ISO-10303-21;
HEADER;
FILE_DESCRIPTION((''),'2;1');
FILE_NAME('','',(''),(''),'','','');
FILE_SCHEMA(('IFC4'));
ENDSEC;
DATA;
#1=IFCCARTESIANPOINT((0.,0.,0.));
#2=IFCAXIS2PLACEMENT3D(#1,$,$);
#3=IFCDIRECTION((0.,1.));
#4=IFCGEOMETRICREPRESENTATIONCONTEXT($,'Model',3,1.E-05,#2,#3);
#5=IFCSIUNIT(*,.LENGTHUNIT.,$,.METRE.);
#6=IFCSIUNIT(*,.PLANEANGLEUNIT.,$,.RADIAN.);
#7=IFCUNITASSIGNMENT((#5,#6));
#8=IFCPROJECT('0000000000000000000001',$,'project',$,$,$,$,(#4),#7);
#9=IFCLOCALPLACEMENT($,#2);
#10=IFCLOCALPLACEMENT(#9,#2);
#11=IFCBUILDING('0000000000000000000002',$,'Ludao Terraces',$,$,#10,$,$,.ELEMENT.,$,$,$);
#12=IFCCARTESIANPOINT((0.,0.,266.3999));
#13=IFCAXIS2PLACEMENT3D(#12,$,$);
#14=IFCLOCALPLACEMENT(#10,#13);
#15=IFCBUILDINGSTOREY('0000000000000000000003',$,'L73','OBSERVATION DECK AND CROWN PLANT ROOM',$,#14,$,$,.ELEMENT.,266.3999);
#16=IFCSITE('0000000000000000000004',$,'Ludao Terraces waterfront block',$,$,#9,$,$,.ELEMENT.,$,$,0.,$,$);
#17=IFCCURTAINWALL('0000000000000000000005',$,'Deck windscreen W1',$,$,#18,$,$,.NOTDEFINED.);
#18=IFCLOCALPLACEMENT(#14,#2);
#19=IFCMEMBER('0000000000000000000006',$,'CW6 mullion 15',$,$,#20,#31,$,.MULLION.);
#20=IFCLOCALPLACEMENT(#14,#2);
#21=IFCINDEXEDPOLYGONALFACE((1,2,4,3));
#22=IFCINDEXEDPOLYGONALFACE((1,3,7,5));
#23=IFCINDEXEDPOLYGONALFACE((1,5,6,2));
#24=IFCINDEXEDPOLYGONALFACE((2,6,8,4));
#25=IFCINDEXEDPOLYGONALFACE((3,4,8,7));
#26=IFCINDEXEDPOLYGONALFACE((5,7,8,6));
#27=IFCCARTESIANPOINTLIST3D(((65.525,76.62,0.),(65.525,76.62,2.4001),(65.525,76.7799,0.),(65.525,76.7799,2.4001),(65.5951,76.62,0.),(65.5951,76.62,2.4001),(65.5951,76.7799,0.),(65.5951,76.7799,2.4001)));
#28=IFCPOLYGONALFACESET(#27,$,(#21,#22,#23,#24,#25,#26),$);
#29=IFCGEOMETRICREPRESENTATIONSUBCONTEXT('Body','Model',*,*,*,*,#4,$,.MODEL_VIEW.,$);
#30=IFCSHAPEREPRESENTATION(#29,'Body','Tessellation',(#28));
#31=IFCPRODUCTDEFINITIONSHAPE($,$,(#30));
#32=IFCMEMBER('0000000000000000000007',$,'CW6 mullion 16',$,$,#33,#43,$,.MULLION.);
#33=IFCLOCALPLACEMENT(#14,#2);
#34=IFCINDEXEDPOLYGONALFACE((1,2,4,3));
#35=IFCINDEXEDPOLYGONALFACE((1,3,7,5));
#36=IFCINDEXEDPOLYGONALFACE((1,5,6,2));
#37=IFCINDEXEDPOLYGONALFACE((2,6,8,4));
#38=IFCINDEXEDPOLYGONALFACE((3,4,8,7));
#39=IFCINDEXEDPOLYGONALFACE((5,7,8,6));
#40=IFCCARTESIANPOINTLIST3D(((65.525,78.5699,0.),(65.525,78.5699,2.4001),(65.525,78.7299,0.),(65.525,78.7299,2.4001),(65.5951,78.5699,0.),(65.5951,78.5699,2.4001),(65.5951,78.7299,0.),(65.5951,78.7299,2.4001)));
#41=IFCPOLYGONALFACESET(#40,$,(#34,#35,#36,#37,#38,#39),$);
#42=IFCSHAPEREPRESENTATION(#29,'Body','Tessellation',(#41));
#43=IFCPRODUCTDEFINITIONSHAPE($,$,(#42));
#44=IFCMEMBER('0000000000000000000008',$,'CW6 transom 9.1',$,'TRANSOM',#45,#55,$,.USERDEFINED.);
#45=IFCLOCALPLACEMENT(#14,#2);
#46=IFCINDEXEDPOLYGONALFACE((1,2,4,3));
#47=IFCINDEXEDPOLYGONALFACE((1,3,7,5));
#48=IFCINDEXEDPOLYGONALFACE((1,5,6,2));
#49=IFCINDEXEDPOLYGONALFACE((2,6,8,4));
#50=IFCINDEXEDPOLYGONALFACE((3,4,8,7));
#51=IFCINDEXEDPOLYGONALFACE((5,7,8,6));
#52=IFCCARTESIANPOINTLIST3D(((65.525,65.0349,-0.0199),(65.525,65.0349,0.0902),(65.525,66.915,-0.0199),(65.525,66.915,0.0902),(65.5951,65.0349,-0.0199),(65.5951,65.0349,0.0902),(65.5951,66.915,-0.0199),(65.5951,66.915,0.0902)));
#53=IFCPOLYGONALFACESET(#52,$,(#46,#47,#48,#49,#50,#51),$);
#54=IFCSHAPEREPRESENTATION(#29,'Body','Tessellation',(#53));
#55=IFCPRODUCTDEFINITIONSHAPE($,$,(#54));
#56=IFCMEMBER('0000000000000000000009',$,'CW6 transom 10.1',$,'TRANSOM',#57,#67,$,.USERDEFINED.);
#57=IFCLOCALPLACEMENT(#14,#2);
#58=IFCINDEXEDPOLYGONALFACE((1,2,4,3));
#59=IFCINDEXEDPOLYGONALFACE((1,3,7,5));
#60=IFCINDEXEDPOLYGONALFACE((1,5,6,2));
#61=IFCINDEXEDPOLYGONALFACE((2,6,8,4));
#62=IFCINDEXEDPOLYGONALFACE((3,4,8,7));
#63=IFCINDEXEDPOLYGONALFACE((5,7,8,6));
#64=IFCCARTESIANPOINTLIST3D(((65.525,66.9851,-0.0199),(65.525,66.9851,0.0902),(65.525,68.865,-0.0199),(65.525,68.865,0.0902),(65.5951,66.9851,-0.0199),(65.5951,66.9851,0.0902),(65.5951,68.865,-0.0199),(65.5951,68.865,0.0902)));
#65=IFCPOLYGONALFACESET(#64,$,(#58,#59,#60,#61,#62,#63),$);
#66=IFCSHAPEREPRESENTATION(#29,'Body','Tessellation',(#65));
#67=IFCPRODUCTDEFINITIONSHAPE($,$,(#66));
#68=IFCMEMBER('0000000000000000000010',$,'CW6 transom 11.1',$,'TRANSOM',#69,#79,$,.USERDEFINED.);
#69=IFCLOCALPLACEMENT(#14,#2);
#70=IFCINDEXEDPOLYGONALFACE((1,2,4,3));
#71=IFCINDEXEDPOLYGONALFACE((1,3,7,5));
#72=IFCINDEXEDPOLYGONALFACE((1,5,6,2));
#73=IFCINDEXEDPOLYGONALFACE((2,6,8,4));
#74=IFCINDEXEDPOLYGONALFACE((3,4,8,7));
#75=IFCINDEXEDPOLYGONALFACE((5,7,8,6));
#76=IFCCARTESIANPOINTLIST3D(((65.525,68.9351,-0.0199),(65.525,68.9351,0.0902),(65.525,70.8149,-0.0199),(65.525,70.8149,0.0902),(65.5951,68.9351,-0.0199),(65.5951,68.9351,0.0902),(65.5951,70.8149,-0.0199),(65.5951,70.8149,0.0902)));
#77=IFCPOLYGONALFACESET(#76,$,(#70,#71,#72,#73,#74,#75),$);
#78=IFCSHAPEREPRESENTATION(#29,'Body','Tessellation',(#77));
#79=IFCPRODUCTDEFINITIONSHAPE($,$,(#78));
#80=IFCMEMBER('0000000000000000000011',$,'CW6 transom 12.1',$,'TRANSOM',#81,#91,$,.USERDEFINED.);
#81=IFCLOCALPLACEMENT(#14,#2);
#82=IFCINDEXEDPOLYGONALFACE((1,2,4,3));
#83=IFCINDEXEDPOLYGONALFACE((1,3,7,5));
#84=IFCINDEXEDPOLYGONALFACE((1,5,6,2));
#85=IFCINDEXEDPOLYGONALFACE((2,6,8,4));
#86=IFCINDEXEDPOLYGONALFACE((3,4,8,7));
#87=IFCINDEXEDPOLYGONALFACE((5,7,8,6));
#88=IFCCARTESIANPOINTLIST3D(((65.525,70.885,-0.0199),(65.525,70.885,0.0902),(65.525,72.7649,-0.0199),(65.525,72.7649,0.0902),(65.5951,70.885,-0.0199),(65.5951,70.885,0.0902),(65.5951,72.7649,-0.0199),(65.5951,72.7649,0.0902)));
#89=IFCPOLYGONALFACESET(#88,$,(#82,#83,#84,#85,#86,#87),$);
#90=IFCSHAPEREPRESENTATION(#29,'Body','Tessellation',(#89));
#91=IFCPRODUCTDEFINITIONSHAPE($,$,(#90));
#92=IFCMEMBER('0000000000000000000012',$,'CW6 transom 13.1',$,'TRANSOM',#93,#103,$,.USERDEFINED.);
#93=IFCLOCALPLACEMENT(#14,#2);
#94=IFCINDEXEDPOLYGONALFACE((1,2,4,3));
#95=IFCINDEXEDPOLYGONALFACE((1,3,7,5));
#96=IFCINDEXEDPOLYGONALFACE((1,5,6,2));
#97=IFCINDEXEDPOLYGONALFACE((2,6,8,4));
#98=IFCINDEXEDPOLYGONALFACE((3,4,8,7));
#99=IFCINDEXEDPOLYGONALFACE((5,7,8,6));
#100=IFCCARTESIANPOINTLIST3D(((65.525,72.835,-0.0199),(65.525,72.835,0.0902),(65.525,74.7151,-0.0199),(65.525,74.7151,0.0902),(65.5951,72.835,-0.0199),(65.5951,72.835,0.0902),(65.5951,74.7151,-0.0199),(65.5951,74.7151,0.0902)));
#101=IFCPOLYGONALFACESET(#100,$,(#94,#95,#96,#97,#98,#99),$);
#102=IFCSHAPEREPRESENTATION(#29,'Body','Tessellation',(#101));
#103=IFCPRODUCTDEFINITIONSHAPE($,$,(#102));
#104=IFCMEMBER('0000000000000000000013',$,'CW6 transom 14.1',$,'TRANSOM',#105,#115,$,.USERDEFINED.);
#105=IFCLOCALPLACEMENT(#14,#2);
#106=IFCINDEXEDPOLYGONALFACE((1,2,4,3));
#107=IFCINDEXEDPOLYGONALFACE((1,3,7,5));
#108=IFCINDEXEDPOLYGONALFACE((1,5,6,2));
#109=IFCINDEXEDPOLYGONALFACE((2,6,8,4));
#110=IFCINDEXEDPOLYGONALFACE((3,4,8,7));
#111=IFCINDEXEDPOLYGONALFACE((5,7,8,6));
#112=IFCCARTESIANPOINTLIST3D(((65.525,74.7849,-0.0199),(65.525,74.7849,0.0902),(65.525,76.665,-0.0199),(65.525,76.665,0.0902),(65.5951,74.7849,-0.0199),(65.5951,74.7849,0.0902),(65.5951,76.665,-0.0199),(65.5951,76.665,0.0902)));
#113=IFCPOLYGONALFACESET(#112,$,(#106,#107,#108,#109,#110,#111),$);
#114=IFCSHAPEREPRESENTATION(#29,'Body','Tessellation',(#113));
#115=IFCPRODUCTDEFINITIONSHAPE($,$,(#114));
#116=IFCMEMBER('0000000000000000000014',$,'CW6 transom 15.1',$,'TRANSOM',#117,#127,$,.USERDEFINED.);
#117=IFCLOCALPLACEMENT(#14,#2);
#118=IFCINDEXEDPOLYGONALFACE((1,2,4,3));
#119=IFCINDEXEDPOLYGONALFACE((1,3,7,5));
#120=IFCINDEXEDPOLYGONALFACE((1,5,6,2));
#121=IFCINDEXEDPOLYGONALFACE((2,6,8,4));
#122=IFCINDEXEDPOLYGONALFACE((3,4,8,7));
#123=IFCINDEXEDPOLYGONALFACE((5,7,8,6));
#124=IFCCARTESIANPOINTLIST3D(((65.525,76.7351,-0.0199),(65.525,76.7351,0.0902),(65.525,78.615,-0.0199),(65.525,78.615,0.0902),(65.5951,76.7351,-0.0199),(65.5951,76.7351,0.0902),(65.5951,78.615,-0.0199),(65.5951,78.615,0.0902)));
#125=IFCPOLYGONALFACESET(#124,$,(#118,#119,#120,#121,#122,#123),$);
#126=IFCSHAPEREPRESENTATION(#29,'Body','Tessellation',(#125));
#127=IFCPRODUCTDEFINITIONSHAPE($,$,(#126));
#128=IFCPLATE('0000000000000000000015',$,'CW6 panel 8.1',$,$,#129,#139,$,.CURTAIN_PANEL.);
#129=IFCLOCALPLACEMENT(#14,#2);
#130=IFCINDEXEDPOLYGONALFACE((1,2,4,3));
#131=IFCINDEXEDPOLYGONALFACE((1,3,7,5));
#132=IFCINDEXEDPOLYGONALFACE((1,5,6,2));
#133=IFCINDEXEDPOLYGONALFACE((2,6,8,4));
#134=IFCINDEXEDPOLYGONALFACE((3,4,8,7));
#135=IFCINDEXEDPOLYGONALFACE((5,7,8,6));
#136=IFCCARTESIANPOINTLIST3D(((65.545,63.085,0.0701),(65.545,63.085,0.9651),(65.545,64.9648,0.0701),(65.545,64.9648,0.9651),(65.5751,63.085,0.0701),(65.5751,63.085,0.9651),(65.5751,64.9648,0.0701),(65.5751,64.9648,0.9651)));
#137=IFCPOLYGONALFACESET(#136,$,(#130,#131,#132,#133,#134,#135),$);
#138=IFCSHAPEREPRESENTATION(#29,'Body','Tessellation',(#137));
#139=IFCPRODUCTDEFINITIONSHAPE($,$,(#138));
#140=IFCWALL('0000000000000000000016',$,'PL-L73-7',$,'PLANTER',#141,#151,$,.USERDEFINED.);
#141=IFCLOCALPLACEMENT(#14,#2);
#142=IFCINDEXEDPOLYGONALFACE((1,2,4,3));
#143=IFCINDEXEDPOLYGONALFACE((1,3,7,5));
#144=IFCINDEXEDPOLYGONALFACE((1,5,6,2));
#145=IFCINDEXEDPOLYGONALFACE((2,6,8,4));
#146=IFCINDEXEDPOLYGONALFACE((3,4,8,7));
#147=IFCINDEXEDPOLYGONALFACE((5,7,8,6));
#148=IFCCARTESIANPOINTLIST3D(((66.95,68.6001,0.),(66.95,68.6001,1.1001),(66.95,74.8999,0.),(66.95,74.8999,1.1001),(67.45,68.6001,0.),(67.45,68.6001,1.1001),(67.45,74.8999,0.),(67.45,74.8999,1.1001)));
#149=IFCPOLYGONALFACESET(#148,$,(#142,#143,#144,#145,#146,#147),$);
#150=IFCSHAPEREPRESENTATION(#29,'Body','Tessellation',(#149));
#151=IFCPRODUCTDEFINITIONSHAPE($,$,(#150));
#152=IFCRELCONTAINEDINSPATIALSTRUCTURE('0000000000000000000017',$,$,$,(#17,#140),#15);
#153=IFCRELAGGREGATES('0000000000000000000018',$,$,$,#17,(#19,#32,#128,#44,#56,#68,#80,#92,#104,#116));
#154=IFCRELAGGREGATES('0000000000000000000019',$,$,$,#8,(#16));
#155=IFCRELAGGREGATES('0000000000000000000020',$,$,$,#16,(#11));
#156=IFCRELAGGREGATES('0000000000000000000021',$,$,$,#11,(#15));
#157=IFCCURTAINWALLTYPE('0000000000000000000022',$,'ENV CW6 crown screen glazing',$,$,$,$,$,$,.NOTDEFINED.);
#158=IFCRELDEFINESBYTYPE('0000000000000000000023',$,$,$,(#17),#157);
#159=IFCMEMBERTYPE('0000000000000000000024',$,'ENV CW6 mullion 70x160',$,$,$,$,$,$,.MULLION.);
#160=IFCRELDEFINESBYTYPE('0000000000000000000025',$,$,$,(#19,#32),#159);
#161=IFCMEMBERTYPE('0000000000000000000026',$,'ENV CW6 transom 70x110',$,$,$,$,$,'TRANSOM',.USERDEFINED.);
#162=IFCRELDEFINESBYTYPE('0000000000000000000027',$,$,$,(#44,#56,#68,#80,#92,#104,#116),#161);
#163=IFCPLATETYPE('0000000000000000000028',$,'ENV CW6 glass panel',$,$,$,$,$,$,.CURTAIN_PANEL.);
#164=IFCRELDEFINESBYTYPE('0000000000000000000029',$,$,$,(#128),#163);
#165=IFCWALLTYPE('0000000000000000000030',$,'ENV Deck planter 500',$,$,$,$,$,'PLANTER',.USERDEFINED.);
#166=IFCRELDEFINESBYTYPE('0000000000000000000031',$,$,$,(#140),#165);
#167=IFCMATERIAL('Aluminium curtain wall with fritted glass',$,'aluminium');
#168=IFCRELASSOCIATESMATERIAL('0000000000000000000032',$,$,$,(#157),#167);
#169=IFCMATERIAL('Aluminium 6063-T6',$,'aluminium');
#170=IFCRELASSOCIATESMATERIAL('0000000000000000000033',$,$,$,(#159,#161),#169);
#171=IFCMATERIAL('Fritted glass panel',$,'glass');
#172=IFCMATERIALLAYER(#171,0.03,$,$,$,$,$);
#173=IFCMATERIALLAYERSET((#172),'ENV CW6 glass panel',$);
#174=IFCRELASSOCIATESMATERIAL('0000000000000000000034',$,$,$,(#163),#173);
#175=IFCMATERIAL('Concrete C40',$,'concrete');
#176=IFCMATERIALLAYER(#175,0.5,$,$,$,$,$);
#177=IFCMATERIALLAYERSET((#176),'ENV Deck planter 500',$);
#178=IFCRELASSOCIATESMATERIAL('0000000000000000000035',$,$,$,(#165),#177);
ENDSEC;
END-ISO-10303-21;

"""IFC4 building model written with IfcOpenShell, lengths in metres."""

from ifc_helpers import new_model, si_unit, direction, frame, frame_2d, origin, origin_2d, place, context, subcontext, project, spatial, rectangle, extrude, material, layer, layer_set, material_profile, profile_set, type_object, element, aggregate, save


model = new_model("IFC4")

# Units and contexts
model_context = context("Model", 3, precision=1e-05, world=origin(), true_north=direction((0.0, 1.0)))
body_context = subcontext(model_context, "Body", "Model", "MODEL_VIEW")
ifc_project = project(units=[si_unit("LENGTHUNIT", "METRE"), si_unit("PLANEANGLEUNIT", "RADIAN")], contexts=[model_context])

# Site, building, storey
site_placement = place(None, origin())
site = spatial("IfcSite", under=ifc_project, at=site_placement, Name="Ludao Terraces waterfront block", CompositionType="ELEMENT", RefElevation=0.0)
building_placement = place(site_placement, origin())
building = spatial("IfcBuilding", under=site, at=building_placement, Name="Ludao Terraces", CompositionType="ELEMENT")
storey_placement = place(building_placement, frame((0.0, 0.0, 266.3999)))
storey = spatial("IfcBuildingStorey", under=building, at=storey_placement, Name="L73", Description="OBSERVATION DECK AND CROWN PLANT ROOM", CompositionType="ELEMENT", Elevation=266.3999)

# Curtain wall, members, plate
ifc_material_1 = material(Name="Aluminium curtain wall with fritted glass", Category="aluminium")
curtain_wall_type = type_object("IfcCurtainWallType", Name="ENV CW6 crown screen glazing", PredefinedType="NOTDEFINED", material=ifc_material_1)
curtain_wall_placement = place(storey_placement, origin())
curtain_wall = element("IfcCurtainWall", 1, at=curtain_wall_placement, inside=storey, type_object=curtain_wall_type, Name="Deck windscreen W1", PredefinedType="NOTDEFINED")
ifc_material_2 = material(Name="Aluminium 6063-T6", Category="aluminium")
ifc_material_profile_1 = material_profile(ifc_material_2, rectangle(XDim=0.0701, YDim=0.1599, at=origin_2d()), Name="70 X 160")
ifc_profile_set_1 = profile_set([ifc_material_profile_1], Name="Aluminium 6063-T6")
member_type_1 = type_object("IfcMemberType", Name="ENV CW6 mullion 70x160", PredefinedType="MULLION", material=ifc_profile_set_1)
member_1_placement = place(storey_placement, frame((65.5601, 76.7, 0.0), z_axis=(0.0, 0.0, 1.0), x_axis=(-1.0, 0.0, 0.0)))
member_1 = element("IfcMember", 2, at=member_1_placement, type_object=member_type_1, Name="CW6 mullion 15", PredefinedType="MULLION", context=body_context, shape_type="SweptSolid", body=[
    extrude(rectangle(XDim=0.0701, YDim=0.1599, at=origin_2d()), origin(), (0.0, 0.0, 1.0), 2.4001),
])
member_2_placement = place(storey_placement, frame((65.5601, 78.6499, 0.0), z_axis=(0.0, 0.0, 1.0), x_axis=(-1.0, 0.0, 0.0)))
member_2 = element("IfcMember", 3, at=member_2_placement, type_object=member_type_1, Name="CW6 mullion 16", PredefinedType="MULLION", context=body_context, shape_type="SweptSolid", body=[
    extrude(rectangle(XDim=0.0701, YDim=0.1599, at=origin_2d()), origin(), (0.0, 0.0, 1.0), 2.4001),
])
ifc_material_profile_2 = material_profile(ifc_material_2, rectangle(XDim=0.0701, YDim=0.1101, at=origin_2d()), Name="70 X 110")
ifc_profile_set_2 = profile_set([ifc_material_profile_2], Name="Aluminium 6063-T6")
member_type_2 = type_object("IfcMemberType", Name="ENV CW6 transom 70x110", ElementType="TRANSOM", PredefinedType="USERDEFINED", material=ifc_profile_set_2)
member_3_placement = place(storey_placement, frame((65.5601, 65.0349, 0.0352), z_axis=(0.0, 1.0, 0.0), x_axis=(-1.0, 0.0, 0.0)))
member_3 = element("IfcMember", 4, at=member_3_placement, type_object=member_type_2, Name="CW6 transom 9.1", ObjectType="TRANSOM", PredefinedType="USERDEFINED", context=body_context, shape_type="SweptSolid", body=[
    extrude(rectangle(XDim=0.0701, YDim=0.1101, at=origin_2d()), origin(), (0.0, 0.0, 1.0), 1.8801),
])
member_4_placement = place(storey_placement, frame((65.5601, 66.9851, 0.0352), z_axis=(0.0, 1.0, 0.0), x_axis=(-1.0, 0.0, 0.0)))
member_4 = element("IfcMember", 5, at=member_4_placement, type_object=member_type_2, Name="CW6 transom 10.1", ObjectType="TRANSOM", PredefinedType="USERDEFINED", context=body_context, shape_type="SweptSolid", body=[
    extrude(rectangle(XDim=0.0701, YDim=0.1101, at=origin_2d()), origin(), (0.0, 0.0, 1.0), 1.8799),
])
member_5_placement = place(storey_placement, frame((65.5601, 68.9351, 0.0352), z_axis=(0.0, 1.0, 0.0), x_axis=(-1.0, 0.0, 0.0)))
member_5 = element("IfcMember", 6, at=member_5_placement, type_object=member_type_2, Name="CW6 transom 11.1", ObjectType="TRANSOM", PredefinedType="USERDEFINED", context=body_context, shape_type="SweptSolid", body=[
    extrude(rectangle(XDim=0.0701, YDim=0.1101, at=origin_2d()), origin(), (0.0, 0.0, 1.0), 1.8799),
])
member_6_placement = place(storey_placement, frame((65.5601, 70.885, 0.0352), z_axis=(0.0, 1.0, 0.0), x_axis=(-1.0, 0.0, 0.0)))
member_6 = element("IfcMember", 7, at=member_6_placement, type_object=member_type_2, Name="CW6 transom 12.1", ObjectType="TRANSOM", PredefinedType="USERDEFINED", context=body_context, shape_type="SweptSolid", body=[
    extrude(rectangle(XDim=0.0701, YDim=0.1101, at=origin_2d()), origin(), (0.0, 0.0, 1.0), 1.8799),
])
member_7_placement = place(storey_placement, frame((65.5601, 72.835, 0.0352), z_axis=(0.0, 1.0, 0.0), x_axis=(-1.0, 0.0, 0.0)))
member_7 = element("IfcMember", 8, at=member_7_placement, type_object=member_type_2, Name="CW6 transom 13.1", ObjectType="TRANSOM", PredefinedType="USERDEFINED", context=body_context, shape_type="SweptSolid", body=[
    extrude(rectangle(XDim=0.0701, YDim=0.1101, at=origin_2d()), origin(), (0.0, 0.0, 1.0), 1.8801),
])
member_8_placement = place(storey_placement, frame((65.5601, 74.7849, 0.0352), z_axis=(0.0, 1.0, 0.0), x_axis=(-1.0, 0.0, 0.0)))
member_8 = element("IfcMember", 9, at=member_8_placement, type_object=member_type_2, Name="CW6 transom 14.1", ObjectType="TRANSOM", PredefinedType="USERDEFINED", context=body_context, shape_type="SweptSolid", body=[
    extrude(rectangle(XDim=0.0701, YDim=0.1101, at=origin_2d()), origin(), (0.0, 0.0, 1.0), 1.8801),
])
member_9_placement = place(storey_placement, frame((65.5601, 76.7351, 0.0352), z_axis=(0.0, 1.0, 0.0), x_axis=(-1.0, 0.0, 0.0)))
member_9 = element("IfcMember", 10, at=member_9_placement, type_object=member_type_2, Name="CW6 transom 15.1", ObjectType="TRANSOM", PredefinedType="USERDEFINED", context=body_context, shape_type="SweptSolid", body=[
    extrude(rectangle(XDim=0.0701, YDim=0.1101, at=origin_2d()), origin(), (0.0, 0.0, 1.0), 1.8799),
])
ifc_material_3 = material(Name="Fritted glass panel", Category="glass")
ifc_layer_1 = layer(ifc_material_3, 0.03)
ifc_layer_set_1 = layer_set([ifc_layer_1], Name="ENV CW6 glass panel")
plate_type = type_object("IfcPlateType", Name="ENV CW6 glass panel", PredefinedType="CURTAIN_PANEL", material=ifc_layer_set_1)
plate_placement = place(storey_placement, frame((65.5601, 64.0249, 0.0701), z_axis=(0.0, 0.0, 1.0), x_axis=(0.0, 1.0, 0.0)))
plate = element("IfcPlate", 11, at=plate_placement, type_object=plate_type, Name="CW6 panel 8.1", PredefinedType="CURTAIN_PANEL", context=body_context, shape_type="SweptSolid", body=[
    extrude(rectangle(XDim=1.8799, YDim=0.03, at=origin_2d()), origin(), (0.0, 0.0, 1.0), 0.895),
])
aggregate(curtain_wall, [member_1, member_2, plate, member_3, member_4, member_5, member_6, member_7, member_8, member_9])

# Wall
ifc_material_4 = material(Name="Concrete C40", Category="concrete")
ifc_layer_2 = layer(ifc_material_4, 0.5)
ifc_layer_set_2 = layer_set([ifc_layer_2], Name="ENV Deck planter 500")
wall_type = type_object("IfcWallType", Name="ENV Deck planter 500", ElementType="PLANTER", PredefinedType="USERDEFINED", material=ifc_layer_set_2)
wall_placement = place(storey_placement, frame((67.2, 68.6001, 0.0), z_axis=(0.0, 0.0, 1.0), x_axis=(0.0, 1.0, 0.0)))
element("IfcWall", 12, at=wall_placement, inside=storey, type_object=wall_type, Name="PL-L73-7", ObjectType="PLANTER", PredefinedType="USERDEFINED", context=body_context, shape_type="SweptSolid", body=[
    extrude(rectangle(XDim=6.2998, YDim=0.5, at=frame_2d((3.1499, 0.0))), origin(), (0.0, 0.0, 1.0), 1.1001),
])

save(model, "model.ifc")
